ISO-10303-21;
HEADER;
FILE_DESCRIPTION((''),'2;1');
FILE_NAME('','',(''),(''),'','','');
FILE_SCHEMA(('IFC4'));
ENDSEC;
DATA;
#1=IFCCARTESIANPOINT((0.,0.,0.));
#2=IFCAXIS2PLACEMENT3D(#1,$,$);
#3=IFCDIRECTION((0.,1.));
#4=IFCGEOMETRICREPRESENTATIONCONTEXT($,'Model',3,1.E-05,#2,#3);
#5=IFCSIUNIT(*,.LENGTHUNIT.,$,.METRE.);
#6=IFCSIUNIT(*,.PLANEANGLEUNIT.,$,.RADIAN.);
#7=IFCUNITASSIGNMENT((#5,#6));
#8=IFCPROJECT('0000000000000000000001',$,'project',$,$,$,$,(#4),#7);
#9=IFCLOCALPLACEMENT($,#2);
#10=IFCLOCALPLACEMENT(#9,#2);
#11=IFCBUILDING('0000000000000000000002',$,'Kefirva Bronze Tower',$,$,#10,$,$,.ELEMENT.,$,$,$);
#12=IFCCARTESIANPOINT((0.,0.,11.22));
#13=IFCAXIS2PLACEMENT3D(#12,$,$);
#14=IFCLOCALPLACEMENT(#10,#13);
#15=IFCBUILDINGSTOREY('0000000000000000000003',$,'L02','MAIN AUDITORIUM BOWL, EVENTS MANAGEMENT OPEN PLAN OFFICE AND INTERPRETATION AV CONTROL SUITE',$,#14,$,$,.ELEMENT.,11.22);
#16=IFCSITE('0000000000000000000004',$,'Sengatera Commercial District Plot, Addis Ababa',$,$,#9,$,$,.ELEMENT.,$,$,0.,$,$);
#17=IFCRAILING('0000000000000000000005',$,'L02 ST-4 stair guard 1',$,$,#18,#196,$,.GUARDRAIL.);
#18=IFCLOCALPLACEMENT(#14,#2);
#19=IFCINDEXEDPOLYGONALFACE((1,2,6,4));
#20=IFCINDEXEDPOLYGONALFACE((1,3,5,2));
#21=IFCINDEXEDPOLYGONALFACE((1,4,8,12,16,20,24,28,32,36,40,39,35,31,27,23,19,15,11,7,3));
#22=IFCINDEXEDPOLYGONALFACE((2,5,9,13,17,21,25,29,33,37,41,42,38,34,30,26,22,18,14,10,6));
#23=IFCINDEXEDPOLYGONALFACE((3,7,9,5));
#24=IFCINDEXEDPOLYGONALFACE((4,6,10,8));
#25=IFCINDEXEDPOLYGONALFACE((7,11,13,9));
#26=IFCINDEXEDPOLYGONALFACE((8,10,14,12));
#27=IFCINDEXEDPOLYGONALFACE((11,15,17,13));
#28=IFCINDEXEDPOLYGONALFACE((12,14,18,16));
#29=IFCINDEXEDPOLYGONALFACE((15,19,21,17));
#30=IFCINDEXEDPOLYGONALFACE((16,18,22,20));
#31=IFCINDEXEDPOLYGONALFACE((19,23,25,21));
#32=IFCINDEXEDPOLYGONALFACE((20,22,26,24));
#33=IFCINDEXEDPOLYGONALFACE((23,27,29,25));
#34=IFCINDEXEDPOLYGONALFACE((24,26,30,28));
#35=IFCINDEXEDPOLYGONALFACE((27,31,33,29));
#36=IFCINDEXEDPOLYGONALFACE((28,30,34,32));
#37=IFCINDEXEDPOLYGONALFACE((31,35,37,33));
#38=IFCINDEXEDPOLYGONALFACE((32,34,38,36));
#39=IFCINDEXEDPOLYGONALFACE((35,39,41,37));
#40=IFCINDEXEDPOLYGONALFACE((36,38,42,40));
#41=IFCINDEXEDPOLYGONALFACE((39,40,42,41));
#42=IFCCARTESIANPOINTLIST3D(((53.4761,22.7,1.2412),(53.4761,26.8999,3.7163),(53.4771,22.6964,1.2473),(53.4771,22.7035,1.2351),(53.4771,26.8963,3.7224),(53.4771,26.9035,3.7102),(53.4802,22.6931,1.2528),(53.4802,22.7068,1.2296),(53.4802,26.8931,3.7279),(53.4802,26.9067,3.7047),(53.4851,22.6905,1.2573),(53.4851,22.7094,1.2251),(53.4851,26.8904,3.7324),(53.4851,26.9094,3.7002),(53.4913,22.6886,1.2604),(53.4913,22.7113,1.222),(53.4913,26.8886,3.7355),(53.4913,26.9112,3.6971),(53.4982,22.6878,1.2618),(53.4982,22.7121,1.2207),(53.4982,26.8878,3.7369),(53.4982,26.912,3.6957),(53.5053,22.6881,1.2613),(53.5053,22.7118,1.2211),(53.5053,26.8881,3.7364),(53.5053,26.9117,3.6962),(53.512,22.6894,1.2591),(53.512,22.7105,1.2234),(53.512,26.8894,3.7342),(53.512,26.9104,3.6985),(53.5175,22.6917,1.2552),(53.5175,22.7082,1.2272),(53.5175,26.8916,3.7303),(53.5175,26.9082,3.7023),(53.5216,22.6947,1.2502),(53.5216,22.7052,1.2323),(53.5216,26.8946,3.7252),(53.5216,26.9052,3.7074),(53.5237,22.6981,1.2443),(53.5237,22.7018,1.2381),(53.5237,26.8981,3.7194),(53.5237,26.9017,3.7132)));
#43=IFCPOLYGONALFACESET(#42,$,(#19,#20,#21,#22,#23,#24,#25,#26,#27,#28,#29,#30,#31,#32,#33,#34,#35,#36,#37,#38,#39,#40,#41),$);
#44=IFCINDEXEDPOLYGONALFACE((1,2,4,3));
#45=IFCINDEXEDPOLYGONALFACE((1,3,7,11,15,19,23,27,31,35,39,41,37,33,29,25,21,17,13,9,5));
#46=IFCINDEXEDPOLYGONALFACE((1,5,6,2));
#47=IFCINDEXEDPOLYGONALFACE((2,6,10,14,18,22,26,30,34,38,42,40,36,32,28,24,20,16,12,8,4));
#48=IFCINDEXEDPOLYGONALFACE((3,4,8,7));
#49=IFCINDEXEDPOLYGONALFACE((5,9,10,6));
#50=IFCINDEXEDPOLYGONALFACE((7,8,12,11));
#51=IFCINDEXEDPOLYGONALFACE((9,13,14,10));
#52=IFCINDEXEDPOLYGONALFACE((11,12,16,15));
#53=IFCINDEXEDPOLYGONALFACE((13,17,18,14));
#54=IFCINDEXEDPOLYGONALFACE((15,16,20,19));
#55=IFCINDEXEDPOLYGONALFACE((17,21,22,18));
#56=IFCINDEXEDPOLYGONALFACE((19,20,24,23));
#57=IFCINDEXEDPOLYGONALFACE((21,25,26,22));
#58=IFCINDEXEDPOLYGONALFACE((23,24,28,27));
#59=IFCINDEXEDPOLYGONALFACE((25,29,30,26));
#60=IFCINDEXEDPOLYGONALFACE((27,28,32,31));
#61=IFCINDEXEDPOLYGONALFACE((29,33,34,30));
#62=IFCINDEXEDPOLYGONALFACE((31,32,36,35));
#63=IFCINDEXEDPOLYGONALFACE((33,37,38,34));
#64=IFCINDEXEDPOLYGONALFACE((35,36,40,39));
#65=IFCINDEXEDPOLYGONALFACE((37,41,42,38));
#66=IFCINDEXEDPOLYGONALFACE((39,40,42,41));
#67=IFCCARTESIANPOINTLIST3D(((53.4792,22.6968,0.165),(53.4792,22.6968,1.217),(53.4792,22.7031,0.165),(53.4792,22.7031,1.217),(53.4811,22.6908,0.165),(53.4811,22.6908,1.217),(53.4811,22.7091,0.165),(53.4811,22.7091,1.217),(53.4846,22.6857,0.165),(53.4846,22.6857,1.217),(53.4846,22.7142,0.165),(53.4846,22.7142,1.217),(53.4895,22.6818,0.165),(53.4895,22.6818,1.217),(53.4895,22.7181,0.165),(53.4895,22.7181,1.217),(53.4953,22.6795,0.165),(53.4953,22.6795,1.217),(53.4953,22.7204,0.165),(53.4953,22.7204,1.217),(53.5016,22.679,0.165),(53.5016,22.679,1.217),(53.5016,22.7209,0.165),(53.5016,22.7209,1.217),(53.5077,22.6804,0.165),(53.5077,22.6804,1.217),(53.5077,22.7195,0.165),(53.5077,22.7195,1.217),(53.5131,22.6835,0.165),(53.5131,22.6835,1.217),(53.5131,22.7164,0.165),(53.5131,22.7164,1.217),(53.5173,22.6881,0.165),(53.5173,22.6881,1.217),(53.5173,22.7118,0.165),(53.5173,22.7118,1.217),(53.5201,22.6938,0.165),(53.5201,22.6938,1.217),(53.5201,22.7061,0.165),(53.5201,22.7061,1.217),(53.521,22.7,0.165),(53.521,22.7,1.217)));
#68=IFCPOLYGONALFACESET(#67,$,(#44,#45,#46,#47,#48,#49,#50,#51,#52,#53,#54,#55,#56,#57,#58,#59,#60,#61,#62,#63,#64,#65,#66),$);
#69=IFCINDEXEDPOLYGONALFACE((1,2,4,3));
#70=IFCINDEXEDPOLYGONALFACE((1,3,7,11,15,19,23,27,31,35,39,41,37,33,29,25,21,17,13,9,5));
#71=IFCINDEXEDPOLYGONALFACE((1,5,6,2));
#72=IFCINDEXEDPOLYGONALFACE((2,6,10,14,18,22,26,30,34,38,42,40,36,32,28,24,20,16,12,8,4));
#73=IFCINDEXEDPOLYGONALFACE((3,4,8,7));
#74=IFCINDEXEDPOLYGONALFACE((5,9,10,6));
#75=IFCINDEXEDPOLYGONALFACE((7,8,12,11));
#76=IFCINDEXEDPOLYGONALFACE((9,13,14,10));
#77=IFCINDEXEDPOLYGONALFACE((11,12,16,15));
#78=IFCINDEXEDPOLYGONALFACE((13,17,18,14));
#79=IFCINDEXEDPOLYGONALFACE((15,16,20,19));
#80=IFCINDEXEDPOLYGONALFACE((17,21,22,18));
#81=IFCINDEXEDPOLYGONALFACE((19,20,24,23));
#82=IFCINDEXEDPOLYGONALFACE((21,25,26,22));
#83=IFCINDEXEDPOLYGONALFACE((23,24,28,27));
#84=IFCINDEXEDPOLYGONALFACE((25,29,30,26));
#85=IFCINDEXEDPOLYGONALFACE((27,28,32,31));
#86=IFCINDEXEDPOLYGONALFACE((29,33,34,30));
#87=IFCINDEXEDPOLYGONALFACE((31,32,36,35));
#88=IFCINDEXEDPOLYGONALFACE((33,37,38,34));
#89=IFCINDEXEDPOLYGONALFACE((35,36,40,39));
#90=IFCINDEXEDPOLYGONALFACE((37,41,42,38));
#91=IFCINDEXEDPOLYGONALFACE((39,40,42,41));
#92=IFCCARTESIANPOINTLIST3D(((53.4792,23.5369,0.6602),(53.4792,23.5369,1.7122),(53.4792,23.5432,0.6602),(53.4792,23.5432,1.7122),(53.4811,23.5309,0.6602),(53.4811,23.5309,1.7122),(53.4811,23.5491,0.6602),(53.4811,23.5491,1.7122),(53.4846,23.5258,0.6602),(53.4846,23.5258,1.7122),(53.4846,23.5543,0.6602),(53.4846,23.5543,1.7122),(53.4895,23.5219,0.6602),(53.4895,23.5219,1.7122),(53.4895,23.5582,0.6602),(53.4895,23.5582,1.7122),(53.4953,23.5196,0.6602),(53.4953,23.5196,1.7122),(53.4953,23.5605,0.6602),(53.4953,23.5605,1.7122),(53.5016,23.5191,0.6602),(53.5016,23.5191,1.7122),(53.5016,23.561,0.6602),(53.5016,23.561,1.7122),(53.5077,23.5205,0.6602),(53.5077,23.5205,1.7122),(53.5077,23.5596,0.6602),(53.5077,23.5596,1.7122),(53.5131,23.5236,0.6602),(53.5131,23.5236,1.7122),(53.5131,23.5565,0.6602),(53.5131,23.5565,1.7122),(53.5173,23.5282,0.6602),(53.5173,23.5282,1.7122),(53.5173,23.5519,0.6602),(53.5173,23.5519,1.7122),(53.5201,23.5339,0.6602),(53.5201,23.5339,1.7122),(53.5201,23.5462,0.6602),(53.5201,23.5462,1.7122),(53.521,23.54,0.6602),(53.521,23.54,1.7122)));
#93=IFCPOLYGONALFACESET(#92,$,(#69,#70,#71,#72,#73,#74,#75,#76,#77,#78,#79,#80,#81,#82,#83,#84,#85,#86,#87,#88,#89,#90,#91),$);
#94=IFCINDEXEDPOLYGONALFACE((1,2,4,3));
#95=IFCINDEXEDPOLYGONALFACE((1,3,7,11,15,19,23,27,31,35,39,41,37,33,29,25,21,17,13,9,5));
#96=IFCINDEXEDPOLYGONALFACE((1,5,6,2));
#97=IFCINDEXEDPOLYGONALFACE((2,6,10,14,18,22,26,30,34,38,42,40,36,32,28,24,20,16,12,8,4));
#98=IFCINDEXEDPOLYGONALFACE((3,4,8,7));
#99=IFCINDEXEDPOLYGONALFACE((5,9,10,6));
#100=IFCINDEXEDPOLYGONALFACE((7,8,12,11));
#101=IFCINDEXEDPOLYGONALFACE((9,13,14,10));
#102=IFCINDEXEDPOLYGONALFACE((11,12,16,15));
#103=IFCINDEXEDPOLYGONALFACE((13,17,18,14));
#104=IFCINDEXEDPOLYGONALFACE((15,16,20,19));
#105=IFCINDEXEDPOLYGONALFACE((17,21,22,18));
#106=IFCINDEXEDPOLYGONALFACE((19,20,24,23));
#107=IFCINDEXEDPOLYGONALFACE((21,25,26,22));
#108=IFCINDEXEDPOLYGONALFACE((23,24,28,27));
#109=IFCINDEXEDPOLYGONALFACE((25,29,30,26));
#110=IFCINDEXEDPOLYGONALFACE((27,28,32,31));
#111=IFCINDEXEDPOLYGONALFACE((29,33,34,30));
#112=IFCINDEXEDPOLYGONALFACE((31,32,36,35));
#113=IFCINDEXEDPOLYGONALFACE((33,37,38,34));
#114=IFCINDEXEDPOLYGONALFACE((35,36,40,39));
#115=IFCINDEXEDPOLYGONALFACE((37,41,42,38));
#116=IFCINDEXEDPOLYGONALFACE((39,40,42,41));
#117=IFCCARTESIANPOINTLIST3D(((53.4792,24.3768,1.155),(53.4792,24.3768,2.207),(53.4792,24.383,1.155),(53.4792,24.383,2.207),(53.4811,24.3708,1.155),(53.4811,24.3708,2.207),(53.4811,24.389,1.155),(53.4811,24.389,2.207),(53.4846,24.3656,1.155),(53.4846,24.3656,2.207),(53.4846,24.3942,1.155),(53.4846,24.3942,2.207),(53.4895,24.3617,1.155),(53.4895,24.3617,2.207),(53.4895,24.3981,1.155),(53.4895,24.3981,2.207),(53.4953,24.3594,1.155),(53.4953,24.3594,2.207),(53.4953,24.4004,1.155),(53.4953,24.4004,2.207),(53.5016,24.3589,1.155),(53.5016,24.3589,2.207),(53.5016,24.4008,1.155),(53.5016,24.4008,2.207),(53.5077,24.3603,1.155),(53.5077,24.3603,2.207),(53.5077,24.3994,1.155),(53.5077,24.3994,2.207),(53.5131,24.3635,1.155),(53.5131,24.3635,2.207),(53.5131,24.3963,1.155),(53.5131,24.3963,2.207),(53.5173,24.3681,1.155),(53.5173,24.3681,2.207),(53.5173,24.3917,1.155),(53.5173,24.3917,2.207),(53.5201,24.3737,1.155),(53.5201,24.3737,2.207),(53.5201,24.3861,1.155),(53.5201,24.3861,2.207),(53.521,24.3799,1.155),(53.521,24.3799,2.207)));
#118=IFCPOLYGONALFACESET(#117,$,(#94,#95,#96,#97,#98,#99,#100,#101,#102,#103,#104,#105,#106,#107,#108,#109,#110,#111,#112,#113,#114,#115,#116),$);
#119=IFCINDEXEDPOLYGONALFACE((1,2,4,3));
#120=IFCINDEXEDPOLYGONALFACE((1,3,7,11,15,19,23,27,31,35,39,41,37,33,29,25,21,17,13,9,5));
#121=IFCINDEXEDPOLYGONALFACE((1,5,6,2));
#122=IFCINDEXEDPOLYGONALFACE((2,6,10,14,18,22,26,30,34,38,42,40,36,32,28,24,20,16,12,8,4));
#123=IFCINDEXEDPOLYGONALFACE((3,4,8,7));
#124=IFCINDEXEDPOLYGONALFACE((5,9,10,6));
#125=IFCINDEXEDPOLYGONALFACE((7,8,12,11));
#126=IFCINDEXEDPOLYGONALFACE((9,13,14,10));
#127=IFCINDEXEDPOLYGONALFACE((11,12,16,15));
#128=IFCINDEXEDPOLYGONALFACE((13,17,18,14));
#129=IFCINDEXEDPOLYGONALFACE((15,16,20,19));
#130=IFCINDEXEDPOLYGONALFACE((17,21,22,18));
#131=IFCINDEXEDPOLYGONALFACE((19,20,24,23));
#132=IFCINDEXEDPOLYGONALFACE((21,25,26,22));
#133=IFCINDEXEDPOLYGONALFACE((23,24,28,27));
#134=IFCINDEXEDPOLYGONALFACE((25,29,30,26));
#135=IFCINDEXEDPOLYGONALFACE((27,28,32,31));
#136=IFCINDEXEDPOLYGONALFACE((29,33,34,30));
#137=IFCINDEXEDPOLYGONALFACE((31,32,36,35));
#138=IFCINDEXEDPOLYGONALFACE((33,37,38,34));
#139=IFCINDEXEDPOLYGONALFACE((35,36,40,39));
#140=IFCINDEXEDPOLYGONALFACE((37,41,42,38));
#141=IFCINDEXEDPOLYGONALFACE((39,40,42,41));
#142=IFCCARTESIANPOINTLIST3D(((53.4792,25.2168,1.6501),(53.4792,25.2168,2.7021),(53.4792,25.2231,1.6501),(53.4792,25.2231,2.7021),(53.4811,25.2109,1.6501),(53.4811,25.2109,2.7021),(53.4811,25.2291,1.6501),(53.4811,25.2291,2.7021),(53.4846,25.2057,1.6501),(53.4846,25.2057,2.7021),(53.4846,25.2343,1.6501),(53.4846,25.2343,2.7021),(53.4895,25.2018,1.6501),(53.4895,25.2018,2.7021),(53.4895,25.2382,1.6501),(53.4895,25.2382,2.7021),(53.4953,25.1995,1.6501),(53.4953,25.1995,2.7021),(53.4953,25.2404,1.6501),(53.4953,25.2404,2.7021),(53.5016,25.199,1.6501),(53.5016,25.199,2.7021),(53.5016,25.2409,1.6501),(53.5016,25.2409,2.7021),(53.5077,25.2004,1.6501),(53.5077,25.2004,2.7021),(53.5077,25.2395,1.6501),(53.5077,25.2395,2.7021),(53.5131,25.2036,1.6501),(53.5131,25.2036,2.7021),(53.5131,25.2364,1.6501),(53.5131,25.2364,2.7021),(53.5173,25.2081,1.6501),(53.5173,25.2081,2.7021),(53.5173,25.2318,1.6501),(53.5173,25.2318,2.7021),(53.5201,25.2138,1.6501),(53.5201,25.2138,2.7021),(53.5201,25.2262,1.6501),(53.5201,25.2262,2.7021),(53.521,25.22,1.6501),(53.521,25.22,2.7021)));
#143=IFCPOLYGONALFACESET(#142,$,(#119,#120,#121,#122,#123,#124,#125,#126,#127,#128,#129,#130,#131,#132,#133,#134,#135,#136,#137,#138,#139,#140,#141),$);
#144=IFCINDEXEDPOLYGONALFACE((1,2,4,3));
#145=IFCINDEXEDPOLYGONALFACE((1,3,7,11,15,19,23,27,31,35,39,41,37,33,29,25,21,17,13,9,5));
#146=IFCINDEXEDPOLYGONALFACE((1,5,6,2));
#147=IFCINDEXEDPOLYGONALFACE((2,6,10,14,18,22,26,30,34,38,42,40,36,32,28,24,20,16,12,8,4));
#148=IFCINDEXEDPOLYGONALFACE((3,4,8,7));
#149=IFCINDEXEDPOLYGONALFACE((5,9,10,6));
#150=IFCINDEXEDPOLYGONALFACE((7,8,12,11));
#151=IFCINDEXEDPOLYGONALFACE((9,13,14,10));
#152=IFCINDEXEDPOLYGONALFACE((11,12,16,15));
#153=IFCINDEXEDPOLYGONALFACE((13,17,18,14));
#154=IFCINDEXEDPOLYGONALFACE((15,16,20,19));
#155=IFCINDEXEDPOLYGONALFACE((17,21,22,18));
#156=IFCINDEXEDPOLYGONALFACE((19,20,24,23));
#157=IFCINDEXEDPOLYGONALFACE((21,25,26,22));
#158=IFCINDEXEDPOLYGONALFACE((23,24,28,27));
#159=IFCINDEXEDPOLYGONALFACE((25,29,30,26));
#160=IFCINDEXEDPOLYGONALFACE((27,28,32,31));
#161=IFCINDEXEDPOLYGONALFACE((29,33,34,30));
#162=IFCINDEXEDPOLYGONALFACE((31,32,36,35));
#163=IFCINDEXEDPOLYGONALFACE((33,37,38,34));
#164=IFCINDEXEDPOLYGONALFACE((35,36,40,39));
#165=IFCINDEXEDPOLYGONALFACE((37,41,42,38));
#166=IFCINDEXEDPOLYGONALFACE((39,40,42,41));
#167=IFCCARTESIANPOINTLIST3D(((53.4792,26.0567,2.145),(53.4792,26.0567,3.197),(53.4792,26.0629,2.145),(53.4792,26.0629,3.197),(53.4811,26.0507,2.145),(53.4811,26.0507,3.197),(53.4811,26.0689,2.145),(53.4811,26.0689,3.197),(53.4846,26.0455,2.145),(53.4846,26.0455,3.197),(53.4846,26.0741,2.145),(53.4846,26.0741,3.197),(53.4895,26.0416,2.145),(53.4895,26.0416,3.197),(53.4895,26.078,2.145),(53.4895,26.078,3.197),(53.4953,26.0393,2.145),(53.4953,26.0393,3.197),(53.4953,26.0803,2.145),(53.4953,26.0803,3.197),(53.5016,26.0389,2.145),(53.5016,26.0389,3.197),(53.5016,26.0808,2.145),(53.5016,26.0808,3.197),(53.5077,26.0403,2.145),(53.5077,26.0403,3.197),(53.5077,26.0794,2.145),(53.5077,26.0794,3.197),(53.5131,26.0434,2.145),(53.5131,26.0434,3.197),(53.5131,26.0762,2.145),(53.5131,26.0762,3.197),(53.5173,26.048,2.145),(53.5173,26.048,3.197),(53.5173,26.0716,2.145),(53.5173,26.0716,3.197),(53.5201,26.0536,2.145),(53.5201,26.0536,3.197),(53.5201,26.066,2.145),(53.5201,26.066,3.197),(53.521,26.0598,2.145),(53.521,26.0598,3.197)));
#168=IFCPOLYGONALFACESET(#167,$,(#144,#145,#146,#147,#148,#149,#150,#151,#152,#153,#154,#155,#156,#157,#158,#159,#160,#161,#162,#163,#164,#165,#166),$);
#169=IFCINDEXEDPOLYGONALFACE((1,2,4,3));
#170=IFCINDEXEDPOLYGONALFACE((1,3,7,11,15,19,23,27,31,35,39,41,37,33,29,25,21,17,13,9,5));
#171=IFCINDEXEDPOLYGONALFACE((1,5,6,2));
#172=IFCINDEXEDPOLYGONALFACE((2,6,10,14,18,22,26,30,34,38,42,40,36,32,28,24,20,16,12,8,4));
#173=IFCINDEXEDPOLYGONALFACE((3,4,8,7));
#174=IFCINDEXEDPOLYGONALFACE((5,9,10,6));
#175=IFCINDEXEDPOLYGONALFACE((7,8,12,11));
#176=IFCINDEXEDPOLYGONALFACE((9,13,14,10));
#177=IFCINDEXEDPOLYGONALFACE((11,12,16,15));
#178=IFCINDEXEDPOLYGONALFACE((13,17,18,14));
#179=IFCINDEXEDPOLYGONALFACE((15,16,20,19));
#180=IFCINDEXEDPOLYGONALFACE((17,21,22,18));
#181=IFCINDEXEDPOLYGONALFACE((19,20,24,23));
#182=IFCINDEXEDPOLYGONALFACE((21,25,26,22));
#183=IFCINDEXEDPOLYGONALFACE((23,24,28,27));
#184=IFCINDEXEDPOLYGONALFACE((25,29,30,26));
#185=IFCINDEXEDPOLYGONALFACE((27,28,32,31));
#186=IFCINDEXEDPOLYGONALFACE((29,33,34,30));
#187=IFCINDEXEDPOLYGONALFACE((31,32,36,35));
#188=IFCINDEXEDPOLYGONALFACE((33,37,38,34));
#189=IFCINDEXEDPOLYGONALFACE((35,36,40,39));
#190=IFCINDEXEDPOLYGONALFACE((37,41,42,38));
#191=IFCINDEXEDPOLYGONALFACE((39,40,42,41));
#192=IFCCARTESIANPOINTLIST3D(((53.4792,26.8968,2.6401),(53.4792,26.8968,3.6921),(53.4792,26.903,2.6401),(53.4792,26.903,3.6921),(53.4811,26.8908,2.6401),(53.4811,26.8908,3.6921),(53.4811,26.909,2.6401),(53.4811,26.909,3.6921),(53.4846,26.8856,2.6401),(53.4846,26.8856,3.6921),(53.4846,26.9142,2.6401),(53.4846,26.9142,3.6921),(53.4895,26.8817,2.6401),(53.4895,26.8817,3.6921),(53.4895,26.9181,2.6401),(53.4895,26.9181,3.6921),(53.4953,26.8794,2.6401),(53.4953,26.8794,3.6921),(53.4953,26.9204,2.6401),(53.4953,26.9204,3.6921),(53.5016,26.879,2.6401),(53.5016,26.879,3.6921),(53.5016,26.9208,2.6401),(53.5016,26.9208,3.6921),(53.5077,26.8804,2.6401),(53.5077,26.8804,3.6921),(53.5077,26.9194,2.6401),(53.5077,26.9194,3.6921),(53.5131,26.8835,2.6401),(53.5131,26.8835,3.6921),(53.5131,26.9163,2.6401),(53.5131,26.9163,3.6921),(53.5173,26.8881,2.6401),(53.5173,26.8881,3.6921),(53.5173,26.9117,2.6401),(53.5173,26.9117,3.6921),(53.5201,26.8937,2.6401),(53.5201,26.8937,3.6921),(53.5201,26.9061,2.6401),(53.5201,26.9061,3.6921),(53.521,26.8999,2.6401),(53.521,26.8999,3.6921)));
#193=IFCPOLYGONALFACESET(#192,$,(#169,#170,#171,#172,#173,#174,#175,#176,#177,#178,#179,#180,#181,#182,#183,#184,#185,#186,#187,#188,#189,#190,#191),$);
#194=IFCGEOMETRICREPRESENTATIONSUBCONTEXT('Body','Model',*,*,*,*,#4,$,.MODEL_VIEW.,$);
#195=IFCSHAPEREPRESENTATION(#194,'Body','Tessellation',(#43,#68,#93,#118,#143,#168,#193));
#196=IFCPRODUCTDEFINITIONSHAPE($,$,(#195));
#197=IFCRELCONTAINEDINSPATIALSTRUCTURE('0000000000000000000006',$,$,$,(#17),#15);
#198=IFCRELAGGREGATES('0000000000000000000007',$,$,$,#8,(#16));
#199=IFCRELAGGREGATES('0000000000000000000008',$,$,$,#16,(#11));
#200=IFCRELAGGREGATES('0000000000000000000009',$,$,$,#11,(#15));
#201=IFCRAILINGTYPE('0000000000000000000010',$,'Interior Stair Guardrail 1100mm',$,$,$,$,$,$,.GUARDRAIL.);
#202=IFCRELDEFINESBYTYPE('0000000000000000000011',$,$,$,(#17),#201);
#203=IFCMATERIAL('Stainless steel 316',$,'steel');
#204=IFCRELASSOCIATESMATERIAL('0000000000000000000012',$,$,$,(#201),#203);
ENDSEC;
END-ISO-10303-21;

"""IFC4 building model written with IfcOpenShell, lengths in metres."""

from ifc_helpers import new_model, si_unit, direction, frame, origin, origin_2d, place, context, subcontext, project, spatial, circle, extrude, material, type_object, element, save


model = new_model("IFC4")

# Units and contexts
model_context = context("Model", 3, precision=1e-05, world=origin(), true_north=direction((0.0, 1.0)))
body_context = subcontext(model_context, "Body", "Model", "MODEL_VIEW")
ifc_project = project(units=[si_unit("LENGTHUNIT", "METRE"), si_unit("PLANEANGLEUNIT", "RADIAN")], contexts=[model_context])

# Site, building, storey
site_placement = place(None, origin())
site = spatial("IfcSite", under=ifc_project, at=site_placement, Name="Sengatera Commercial District Plot, Addis Ababa", CompositionType="ELEMENT", RefElevation=0.0)
building_placement = place(site_placement, origin())
building = spatial("IfcBuilding", under=site, at=building_placement, Name="Kefirva Bronze Tower", CompositionType="ELEMENT")
storey_placement = place(building_placement, frame((0.0, 0.0, 11.22)))
storey = spatial("IfcBuildingStorey", under=building, at=storey_placement, Name="L02", Description="MAIN AUDITORIUM BOWL, EVENTS MANAGEMENT OPEN PLAN OFFICE AND INTERPRETATION AV CONTROL SUITE", CompositionType="ELEMENT", Elevation=11.22)

# Railing
ifc_material_1 = material(Name="Stainless steel 316", Category="steel")
railing_type_1 = type_object("IfcRailingType", Name="Interior Stair Guardrail 1100mm", PredefinedType="GUARDRAIL", material=ifc_material_1)
railing_1_placement = place(storey_placement, frame((53.5, 22.7, 0.165)))
element("IfcRailing", 1, at=railing_1_placement, inside=storey, type_object=railing_type_1, Name="L02 ST-4 stair guard 1", PredefinedType="GUARDRAIL", context=body_context, shape_type="SweptSolid", body=[
    extrude(circle(Radius=0.0239, at=origin_2d()), frame((0.0, 0.0, 1.0762), z_axis=(0.0, 0.861527, 0.507712), x_axis=(-1.0, 0.0, 0.0)), (0.0, 0.0, 1.0), 4.875),
    extrude(circle(Radius=0.021, at=origin_2d()), origin(), (0.0, 0.0, 1.0), 1.052),
    extrude(circle(Radius=0.021, at=origin_2d()), frame((0.0, 0.8401, 0.4951)), (0.0, 0.0, 1.0), 1.052),
    extrude(circle(Radius=0.021, at=origin_2d()), frame((0.0, 1.6799, 0.99)), (0.0, 0.0, 1.0), 1.052),
    extrude(circle(Radius=0.021, at=origin_2d()), frame((0.0, 2.52, 1.4851)), (0.0, 0.0, 1.0), 1.052),
    extrude(circle(Radius=0.021, at=origin_2d()), frame((0.0, 3.3599, 1.98)), (0.0, 0.0, 1.0), 1.052),
    extrude(circle(Radius=0.021, at=origin_2d()), frame((0.0, 4.2, 2.4751)), (0.0, 0.0, 1.0), 1.052),
])

save(model, "model.ifc")
